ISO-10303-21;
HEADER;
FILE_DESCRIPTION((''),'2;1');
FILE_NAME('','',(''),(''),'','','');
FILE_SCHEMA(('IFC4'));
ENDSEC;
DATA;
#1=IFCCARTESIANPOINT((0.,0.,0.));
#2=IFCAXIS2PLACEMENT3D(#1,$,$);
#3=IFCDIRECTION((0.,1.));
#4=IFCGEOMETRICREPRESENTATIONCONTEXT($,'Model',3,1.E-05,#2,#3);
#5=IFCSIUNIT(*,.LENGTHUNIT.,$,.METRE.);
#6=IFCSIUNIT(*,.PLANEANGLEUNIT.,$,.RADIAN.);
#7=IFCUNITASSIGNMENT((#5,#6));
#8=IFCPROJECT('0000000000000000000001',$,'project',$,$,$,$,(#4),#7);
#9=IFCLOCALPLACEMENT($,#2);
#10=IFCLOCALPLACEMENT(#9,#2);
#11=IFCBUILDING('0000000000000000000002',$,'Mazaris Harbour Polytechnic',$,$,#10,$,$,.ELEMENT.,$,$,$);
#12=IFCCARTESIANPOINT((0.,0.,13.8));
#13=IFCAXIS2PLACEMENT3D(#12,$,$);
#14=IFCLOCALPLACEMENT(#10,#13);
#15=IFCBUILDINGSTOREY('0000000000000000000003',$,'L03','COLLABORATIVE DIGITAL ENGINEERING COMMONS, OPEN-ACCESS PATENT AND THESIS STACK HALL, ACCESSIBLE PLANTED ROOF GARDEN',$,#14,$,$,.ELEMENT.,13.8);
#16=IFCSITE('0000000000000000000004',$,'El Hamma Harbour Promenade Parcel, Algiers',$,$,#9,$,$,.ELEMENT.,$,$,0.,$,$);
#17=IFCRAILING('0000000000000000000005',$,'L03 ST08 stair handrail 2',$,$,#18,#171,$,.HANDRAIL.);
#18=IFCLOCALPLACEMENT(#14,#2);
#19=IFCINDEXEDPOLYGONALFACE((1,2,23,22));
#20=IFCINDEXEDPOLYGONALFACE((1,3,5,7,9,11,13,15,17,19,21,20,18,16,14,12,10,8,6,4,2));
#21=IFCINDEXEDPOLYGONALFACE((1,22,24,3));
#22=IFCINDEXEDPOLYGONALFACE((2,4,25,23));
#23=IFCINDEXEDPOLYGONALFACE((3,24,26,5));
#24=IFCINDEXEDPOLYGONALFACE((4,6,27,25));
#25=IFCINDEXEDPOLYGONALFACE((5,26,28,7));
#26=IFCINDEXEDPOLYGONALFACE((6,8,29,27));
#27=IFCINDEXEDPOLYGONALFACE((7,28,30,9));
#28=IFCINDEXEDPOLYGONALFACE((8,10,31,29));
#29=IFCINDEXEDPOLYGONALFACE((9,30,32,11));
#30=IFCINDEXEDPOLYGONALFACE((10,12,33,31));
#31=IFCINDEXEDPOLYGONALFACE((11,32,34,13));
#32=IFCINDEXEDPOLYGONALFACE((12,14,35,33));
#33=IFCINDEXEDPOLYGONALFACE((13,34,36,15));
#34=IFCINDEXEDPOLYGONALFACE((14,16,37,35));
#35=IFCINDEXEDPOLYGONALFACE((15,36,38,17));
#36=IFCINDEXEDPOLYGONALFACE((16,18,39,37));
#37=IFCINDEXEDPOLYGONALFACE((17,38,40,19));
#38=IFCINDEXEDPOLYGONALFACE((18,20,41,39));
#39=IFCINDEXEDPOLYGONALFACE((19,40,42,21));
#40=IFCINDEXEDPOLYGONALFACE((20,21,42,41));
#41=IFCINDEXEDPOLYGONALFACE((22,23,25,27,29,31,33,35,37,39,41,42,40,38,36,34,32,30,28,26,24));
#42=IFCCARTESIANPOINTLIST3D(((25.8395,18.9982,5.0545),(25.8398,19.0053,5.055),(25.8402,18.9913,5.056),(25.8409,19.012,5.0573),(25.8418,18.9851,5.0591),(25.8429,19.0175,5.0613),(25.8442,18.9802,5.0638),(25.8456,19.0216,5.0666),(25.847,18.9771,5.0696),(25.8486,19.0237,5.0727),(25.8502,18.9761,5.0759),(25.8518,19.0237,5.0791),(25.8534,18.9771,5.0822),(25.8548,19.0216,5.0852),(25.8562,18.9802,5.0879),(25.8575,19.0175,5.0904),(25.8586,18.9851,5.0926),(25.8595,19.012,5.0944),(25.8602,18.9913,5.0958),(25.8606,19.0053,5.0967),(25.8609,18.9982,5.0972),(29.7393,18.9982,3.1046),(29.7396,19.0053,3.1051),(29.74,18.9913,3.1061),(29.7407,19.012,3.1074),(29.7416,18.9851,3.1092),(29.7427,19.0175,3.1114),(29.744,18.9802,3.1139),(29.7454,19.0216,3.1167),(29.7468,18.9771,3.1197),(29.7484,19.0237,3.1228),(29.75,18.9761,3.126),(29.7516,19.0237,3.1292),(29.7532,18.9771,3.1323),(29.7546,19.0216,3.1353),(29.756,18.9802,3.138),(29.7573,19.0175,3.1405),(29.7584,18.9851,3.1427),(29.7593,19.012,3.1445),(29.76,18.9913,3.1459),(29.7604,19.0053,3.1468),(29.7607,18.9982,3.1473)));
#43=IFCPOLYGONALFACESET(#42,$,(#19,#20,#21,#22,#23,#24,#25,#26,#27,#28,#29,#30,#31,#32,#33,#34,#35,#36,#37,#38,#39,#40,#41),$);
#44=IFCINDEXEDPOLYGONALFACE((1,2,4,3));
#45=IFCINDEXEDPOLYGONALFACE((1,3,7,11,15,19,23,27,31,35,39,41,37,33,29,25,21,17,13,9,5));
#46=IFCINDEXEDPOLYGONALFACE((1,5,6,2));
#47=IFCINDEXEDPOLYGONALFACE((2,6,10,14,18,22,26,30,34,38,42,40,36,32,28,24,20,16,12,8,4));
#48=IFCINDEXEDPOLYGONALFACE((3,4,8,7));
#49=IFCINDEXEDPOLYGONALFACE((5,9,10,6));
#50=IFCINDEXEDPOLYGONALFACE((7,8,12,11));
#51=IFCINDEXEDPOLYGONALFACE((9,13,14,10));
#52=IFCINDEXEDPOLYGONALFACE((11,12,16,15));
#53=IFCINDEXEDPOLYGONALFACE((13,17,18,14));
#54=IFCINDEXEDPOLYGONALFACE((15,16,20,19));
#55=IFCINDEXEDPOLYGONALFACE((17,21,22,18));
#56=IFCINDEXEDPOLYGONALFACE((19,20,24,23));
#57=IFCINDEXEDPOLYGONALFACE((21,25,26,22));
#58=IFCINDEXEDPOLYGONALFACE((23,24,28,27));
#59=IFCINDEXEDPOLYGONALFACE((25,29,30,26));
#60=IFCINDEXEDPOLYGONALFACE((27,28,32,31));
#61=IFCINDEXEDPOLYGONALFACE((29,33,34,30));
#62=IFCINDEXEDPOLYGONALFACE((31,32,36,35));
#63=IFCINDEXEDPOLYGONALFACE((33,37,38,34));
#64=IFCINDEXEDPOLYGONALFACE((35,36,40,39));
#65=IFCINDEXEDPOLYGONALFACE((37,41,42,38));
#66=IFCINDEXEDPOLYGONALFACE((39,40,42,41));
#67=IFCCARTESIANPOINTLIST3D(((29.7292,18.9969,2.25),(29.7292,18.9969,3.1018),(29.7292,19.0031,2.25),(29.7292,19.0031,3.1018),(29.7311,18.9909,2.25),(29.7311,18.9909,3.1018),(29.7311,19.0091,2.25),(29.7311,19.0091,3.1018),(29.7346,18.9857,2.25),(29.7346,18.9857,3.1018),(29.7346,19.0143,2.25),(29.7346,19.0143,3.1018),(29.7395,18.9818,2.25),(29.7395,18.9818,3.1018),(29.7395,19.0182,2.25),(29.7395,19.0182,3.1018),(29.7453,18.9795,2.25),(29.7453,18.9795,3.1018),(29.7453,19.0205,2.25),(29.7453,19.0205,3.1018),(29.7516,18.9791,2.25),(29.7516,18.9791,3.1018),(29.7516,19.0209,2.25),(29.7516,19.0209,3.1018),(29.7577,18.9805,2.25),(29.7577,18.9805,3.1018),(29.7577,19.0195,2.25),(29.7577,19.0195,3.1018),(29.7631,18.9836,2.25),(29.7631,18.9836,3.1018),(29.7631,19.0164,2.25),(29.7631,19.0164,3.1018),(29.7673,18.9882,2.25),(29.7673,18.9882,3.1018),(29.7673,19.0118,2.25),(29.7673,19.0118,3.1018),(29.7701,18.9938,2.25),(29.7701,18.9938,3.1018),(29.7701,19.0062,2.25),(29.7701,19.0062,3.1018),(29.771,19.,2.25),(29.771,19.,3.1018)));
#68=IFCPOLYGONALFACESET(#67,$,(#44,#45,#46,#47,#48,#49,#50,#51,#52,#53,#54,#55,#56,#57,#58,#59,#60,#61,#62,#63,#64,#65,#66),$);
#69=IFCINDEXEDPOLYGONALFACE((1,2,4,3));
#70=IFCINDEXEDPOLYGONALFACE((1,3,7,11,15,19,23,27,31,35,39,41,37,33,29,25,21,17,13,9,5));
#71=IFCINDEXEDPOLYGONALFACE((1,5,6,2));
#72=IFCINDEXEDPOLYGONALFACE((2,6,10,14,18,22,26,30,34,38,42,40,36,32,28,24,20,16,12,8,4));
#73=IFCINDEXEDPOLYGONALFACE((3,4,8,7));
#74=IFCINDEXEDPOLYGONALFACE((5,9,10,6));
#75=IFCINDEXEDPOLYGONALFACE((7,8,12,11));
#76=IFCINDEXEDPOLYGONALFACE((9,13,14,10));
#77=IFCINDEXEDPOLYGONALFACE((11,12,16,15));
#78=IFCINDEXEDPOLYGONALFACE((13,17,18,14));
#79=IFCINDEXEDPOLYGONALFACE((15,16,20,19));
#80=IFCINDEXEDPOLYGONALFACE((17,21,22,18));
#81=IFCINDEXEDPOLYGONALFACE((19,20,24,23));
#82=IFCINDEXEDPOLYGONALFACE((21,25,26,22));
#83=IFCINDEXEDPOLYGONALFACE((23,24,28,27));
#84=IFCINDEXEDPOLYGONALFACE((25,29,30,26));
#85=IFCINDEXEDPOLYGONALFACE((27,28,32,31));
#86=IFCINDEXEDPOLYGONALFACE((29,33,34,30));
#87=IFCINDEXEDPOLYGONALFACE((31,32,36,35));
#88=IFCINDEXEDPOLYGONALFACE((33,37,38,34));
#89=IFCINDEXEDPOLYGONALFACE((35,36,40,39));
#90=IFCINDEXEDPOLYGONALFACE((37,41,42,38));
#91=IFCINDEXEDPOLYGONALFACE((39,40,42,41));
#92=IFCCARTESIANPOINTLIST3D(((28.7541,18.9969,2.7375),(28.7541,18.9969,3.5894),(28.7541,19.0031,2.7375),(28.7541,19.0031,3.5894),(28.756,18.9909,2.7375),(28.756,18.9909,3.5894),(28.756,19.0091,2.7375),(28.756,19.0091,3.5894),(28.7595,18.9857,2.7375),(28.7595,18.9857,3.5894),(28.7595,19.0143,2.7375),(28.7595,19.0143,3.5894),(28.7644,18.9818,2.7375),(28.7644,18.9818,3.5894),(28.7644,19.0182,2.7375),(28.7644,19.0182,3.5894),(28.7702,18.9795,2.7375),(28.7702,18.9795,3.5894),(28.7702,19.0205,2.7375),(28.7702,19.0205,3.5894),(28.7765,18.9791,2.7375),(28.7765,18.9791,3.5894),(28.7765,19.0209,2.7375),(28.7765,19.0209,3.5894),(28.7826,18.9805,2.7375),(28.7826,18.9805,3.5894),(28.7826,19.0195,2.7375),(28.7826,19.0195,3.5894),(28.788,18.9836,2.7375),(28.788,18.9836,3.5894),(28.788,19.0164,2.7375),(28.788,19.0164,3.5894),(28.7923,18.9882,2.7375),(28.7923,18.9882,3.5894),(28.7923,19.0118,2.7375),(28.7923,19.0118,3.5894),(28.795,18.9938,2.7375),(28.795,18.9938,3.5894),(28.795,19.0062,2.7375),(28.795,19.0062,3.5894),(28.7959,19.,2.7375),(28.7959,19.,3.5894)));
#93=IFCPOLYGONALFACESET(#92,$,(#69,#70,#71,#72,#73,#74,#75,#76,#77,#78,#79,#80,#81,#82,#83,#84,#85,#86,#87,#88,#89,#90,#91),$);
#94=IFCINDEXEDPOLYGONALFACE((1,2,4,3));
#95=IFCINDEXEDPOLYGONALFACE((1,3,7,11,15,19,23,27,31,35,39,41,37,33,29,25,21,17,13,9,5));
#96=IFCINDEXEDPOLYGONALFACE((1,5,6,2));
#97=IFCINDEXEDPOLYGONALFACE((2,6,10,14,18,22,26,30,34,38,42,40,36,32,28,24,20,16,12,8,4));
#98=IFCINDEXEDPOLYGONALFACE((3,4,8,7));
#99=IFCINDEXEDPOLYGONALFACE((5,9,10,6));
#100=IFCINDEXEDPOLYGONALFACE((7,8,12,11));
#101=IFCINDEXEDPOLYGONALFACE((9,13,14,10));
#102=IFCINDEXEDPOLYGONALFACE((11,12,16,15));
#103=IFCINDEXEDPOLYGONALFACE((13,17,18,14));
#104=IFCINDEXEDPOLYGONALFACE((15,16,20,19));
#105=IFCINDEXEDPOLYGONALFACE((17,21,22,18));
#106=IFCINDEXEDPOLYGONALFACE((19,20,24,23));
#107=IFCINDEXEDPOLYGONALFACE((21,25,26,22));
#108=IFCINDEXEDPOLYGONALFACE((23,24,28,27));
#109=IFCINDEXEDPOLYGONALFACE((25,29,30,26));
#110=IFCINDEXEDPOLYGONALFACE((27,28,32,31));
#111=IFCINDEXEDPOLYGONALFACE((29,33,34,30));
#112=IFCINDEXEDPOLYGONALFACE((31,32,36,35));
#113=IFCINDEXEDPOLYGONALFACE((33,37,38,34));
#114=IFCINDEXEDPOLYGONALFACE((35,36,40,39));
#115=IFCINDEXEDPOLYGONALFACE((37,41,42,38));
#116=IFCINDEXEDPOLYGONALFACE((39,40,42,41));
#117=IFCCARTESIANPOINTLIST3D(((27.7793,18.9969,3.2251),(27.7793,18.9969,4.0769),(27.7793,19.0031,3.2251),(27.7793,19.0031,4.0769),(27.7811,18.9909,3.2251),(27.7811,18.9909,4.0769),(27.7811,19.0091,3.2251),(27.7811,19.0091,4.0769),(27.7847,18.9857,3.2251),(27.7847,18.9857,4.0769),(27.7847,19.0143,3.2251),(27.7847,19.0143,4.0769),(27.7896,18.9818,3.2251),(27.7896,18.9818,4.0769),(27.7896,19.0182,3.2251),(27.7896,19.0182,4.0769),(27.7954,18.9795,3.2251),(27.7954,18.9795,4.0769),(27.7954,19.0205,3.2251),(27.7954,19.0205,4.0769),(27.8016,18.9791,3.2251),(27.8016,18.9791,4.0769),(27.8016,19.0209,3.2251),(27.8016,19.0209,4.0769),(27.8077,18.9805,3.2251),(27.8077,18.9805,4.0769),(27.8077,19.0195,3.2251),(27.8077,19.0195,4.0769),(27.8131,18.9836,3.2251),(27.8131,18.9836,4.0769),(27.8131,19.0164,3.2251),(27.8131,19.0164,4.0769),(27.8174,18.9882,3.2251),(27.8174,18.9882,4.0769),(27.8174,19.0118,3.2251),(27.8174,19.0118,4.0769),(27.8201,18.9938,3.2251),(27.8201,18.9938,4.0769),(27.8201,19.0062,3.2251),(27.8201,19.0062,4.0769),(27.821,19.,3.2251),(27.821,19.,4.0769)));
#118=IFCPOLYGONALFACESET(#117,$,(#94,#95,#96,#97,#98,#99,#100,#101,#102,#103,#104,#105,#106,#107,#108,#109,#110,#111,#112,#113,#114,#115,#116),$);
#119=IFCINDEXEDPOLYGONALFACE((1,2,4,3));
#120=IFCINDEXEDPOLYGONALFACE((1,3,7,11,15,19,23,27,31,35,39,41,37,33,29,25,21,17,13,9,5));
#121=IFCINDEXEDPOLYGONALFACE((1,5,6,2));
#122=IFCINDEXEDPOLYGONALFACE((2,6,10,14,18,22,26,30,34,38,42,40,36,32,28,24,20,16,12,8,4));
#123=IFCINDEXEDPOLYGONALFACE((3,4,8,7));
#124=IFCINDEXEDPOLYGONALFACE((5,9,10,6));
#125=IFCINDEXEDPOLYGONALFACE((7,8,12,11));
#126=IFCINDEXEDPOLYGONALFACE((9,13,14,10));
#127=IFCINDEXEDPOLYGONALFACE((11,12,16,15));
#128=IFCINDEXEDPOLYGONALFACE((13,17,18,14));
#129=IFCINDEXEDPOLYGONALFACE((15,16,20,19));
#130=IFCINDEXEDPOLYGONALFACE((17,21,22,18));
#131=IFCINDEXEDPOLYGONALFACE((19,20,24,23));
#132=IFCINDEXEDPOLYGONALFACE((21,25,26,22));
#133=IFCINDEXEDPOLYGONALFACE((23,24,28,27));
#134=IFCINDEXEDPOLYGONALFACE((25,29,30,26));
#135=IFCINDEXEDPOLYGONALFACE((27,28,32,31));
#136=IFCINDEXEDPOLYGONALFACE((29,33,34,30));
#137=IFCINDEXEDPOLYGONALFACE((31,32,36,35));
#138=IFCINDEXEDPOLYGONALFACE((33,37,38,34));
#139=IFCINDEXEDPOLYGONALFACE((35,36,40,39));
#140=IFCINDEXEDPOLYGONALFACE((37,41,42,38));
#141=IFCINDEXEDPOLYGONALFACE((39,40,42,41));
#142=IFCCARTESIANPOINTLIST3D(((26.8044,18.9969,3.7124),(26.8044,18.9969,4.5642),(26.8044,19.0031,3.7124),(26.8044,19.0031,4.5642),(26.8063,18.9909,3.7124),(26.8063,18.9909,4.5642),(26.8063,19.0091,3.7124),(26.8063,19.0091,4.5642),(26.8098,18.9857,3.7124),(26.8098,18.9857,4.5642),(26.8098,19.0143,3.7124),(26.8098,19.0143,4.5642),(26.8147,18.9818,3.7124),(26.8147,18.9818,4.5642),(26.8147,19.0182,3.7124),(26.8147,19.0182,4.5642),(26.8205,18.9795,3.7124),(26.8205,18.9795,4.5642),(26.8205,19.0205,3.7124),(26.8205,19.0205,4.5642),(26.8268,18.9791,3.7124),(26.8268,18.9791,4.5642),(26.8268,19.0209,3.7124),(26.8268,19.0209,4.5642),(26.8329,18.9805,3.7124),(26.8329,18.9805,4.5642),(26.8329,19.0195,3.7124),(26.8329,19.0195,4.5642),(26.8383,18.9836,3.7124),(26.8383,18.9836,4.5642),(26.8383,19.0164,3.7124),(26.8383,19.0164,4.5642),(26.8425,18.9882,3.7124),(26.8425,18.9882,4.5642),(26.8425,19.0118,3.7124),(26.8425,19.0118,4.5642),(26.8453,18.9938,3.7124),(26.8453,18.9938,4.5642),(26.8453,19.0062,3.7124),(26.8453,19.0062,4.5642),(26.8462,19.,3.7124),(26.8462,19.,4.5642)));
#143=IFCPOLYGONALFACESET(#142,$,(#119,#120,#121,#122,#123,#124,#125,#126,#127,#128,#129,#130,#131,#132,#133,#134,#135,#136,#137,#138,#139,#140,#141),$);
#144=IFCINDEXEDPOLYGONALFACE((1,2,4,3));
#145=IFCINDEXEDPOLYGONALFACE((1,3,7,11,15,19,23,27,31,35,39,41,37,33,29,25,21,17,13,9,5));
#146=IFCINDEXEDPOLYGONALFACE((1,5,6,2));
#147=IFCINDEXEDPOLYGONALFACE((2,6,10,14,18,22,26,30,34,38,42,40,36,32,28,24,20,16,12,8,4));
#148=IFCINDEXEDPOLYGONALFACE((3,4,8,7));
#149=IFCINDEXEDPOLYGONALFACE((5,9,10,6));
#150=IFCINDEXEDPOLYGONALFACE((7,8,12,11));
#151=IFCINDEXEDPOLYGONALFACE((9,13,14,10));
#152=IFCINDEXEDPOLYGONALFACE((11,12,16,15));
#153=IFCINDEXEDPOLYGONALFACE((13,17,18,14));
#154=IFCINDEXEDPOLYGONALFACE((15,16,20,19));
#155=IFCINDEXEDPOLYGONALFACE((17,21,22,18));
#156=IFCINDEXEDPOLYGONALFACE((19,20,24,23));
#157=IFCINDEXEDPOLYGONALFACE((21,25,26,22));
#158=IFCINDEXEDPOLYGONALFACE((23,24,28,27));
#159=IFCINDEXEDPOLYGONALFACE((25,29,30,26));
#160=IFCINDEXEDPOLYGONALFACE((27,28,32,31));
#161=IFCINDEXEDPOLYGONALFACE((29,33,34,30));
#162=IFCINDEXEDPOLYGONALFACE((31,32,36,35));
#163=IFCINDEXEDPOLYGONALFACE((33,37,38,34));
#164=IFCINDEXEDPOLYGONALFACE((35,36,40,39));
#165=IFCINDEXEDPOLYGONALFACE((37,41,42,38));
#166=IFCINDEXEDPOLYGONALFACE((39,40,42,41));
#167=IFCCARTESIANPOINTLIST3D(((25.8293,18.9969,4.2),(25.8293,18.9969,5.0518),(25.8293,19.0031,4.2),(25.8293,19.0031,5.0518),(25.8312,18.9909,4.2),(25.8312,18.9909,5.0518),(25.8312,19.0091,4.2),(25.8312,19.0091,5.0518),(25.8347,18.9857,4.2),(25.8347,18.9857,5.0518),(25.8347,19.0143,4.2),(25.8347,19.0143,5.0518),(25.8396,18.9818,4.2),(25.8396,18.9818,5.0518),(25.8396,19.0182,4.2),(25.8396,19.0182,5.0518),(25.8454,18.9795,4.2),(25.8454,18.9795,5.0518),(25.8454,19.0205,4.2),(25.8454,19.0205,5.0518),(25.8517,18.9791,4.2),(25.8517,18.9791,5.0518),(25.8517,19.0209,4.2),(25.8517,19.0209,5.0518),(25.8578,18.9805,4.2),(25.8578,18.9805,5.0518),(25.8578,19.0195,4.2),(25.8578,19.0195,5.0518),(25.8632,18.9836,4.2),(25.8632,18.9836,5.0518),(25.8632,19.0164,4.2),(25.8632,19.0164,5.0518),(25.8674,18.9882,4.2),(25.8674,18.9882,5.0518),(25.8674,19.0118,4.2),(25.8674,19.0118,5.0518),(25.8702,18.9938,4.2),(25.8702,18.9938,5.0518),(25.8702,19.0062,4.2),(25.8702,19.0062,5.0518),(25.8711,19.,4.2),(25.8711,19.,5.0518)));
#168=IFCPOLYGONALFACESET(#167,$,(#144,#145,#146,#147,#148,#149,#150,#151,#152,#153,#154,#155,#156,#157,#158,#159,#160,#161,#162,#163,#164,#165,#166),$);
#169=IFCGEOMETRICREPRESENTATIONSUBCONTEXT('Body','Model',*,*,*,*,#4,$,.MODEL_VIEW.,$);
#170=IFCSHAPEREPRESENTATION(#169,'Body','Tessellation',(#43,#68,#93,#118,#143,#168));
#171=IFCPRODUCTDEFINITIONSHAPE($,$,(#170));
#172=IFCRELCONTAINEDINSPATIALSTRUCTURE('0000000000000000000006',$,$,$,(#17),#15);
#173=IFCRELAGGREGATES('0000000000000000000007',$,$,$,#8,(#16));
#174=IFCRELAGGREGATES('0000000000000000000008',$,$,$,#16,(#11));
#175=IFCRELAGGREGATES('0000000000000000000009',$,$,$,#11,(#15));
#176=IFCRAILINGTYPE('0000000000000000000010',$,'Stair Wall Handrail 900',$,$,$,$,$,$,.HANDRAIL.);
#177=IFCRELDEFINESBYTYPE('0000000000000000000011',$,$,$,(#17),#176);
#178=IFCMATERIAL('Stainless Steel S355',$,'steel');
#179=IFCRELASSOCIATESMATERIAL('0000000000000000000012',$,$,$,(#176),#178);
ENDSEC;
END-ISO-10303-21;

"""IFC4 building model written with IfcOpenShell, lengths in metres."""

from ifc_helpers import new_model, si_unit, direction, frame, origin, origin_2d, place, context, subcontext, project, spatial, circle, extrude, material, type_object, element, save


model = new_model("IFC4")

# Units and contexts
model_context = context("Model", 3, precision=1e-05, world=origin(), true_north=direction((0.0, 1.0)))
body_context = subcontext(model_context, "Body", "Model", "MODEL_VIEW")
ifc_project = project(units=[si_unit("LENGTHUNIT", "METRE"), si_unit("PLANEANGLEUNIT", "RADIAN")], contexts=[model_context])

# Site, building, storey
site_placement = place(None, origin())
site = spatial("IfcSite", under=ifc_project, at=site_placement, Name="El Hamma Harbour Promenade Parcel, Algiers", CompositionType="ELEMENT", RefElevation=0.0)
building_placement = place(site_placement, origin())
building = spatial("IfcBuilding", under=site, at=building_placement, Name="Mazaris Harbour Polytechnic", CompositionType="ELEMENT")
storey_placement = place(building_placement, frame((0.0, 0.0, 13.8)))
storey = spatial("IfcBuildingStorey", under=building, at=storey_placement, Name="L03", Description="COLLABORATIVE DIGITAL ENGINEERING COMMONS, OPEN-ACCESS PATENT AND THESIS STACK HALL, ACCESSIBLE PLANTED ROOF GARDEN", CompositionType="ELEMENT", Elevation=13.8)

# Railing
ifc_material_1 = material(Name="Stainless Steel S355", Category="steel")
railing_type_1 = type_object("IfcRailingType", Name="Stair Wall Handrail 900", PredefinedType="HANDRAIL", material=ifc_material_1)
railing_1_placement = place(storey_placement, frame((29.75, 19.0, 2.25)))
element("IfcRailing", 1, at=railing_1_placement, inside=storey, type_object=railing_type_1, Name="L03 ST08 stair handrail 2", PredefinedType="HANDRAIL", context=body_context, shape_type="SweptSolid", body=[
    extrude(circle(Radius=0.0239, at=origin_2d()), frame((0.0, 0.0, 0.876), z_axis=(-0.894427, 0.0, 0.447214), x_axis=(0.0, -1.0, 0.0)), (0.0, 0.0, 1.0), 4.3601),
    extrude(circle(Radius=0.021, at=origin_2d()), origin(), (0.0, 0.0, 1.0), 0.8518),
    extrude(circle(Radius=0.021, at=origin_2d()), frame((-0.9751, 0.0, 0.4875)), (0.0, 0.0, 1.0), 0.8518),
    extrude(circle(Radius=0.021, at=origin_2d()), frame((-1.95, 0.0, 0.9751)), (0.0, 0.0, 1.0), 0.8518),
    extrude(circle(Radius=0.021, at=origin_2d()), frame((-2.9248, 0.0, 1.4624)), (0.0, 0.0, 1.0), 0.8518),
    extrude(circle(Radius=0.021, at=origin_2d()), frame((-3.8999, 0.0, 1.95)), (0.0, 0.0, 1.0), 0.8518),
])

save(model, "model.ifc")
